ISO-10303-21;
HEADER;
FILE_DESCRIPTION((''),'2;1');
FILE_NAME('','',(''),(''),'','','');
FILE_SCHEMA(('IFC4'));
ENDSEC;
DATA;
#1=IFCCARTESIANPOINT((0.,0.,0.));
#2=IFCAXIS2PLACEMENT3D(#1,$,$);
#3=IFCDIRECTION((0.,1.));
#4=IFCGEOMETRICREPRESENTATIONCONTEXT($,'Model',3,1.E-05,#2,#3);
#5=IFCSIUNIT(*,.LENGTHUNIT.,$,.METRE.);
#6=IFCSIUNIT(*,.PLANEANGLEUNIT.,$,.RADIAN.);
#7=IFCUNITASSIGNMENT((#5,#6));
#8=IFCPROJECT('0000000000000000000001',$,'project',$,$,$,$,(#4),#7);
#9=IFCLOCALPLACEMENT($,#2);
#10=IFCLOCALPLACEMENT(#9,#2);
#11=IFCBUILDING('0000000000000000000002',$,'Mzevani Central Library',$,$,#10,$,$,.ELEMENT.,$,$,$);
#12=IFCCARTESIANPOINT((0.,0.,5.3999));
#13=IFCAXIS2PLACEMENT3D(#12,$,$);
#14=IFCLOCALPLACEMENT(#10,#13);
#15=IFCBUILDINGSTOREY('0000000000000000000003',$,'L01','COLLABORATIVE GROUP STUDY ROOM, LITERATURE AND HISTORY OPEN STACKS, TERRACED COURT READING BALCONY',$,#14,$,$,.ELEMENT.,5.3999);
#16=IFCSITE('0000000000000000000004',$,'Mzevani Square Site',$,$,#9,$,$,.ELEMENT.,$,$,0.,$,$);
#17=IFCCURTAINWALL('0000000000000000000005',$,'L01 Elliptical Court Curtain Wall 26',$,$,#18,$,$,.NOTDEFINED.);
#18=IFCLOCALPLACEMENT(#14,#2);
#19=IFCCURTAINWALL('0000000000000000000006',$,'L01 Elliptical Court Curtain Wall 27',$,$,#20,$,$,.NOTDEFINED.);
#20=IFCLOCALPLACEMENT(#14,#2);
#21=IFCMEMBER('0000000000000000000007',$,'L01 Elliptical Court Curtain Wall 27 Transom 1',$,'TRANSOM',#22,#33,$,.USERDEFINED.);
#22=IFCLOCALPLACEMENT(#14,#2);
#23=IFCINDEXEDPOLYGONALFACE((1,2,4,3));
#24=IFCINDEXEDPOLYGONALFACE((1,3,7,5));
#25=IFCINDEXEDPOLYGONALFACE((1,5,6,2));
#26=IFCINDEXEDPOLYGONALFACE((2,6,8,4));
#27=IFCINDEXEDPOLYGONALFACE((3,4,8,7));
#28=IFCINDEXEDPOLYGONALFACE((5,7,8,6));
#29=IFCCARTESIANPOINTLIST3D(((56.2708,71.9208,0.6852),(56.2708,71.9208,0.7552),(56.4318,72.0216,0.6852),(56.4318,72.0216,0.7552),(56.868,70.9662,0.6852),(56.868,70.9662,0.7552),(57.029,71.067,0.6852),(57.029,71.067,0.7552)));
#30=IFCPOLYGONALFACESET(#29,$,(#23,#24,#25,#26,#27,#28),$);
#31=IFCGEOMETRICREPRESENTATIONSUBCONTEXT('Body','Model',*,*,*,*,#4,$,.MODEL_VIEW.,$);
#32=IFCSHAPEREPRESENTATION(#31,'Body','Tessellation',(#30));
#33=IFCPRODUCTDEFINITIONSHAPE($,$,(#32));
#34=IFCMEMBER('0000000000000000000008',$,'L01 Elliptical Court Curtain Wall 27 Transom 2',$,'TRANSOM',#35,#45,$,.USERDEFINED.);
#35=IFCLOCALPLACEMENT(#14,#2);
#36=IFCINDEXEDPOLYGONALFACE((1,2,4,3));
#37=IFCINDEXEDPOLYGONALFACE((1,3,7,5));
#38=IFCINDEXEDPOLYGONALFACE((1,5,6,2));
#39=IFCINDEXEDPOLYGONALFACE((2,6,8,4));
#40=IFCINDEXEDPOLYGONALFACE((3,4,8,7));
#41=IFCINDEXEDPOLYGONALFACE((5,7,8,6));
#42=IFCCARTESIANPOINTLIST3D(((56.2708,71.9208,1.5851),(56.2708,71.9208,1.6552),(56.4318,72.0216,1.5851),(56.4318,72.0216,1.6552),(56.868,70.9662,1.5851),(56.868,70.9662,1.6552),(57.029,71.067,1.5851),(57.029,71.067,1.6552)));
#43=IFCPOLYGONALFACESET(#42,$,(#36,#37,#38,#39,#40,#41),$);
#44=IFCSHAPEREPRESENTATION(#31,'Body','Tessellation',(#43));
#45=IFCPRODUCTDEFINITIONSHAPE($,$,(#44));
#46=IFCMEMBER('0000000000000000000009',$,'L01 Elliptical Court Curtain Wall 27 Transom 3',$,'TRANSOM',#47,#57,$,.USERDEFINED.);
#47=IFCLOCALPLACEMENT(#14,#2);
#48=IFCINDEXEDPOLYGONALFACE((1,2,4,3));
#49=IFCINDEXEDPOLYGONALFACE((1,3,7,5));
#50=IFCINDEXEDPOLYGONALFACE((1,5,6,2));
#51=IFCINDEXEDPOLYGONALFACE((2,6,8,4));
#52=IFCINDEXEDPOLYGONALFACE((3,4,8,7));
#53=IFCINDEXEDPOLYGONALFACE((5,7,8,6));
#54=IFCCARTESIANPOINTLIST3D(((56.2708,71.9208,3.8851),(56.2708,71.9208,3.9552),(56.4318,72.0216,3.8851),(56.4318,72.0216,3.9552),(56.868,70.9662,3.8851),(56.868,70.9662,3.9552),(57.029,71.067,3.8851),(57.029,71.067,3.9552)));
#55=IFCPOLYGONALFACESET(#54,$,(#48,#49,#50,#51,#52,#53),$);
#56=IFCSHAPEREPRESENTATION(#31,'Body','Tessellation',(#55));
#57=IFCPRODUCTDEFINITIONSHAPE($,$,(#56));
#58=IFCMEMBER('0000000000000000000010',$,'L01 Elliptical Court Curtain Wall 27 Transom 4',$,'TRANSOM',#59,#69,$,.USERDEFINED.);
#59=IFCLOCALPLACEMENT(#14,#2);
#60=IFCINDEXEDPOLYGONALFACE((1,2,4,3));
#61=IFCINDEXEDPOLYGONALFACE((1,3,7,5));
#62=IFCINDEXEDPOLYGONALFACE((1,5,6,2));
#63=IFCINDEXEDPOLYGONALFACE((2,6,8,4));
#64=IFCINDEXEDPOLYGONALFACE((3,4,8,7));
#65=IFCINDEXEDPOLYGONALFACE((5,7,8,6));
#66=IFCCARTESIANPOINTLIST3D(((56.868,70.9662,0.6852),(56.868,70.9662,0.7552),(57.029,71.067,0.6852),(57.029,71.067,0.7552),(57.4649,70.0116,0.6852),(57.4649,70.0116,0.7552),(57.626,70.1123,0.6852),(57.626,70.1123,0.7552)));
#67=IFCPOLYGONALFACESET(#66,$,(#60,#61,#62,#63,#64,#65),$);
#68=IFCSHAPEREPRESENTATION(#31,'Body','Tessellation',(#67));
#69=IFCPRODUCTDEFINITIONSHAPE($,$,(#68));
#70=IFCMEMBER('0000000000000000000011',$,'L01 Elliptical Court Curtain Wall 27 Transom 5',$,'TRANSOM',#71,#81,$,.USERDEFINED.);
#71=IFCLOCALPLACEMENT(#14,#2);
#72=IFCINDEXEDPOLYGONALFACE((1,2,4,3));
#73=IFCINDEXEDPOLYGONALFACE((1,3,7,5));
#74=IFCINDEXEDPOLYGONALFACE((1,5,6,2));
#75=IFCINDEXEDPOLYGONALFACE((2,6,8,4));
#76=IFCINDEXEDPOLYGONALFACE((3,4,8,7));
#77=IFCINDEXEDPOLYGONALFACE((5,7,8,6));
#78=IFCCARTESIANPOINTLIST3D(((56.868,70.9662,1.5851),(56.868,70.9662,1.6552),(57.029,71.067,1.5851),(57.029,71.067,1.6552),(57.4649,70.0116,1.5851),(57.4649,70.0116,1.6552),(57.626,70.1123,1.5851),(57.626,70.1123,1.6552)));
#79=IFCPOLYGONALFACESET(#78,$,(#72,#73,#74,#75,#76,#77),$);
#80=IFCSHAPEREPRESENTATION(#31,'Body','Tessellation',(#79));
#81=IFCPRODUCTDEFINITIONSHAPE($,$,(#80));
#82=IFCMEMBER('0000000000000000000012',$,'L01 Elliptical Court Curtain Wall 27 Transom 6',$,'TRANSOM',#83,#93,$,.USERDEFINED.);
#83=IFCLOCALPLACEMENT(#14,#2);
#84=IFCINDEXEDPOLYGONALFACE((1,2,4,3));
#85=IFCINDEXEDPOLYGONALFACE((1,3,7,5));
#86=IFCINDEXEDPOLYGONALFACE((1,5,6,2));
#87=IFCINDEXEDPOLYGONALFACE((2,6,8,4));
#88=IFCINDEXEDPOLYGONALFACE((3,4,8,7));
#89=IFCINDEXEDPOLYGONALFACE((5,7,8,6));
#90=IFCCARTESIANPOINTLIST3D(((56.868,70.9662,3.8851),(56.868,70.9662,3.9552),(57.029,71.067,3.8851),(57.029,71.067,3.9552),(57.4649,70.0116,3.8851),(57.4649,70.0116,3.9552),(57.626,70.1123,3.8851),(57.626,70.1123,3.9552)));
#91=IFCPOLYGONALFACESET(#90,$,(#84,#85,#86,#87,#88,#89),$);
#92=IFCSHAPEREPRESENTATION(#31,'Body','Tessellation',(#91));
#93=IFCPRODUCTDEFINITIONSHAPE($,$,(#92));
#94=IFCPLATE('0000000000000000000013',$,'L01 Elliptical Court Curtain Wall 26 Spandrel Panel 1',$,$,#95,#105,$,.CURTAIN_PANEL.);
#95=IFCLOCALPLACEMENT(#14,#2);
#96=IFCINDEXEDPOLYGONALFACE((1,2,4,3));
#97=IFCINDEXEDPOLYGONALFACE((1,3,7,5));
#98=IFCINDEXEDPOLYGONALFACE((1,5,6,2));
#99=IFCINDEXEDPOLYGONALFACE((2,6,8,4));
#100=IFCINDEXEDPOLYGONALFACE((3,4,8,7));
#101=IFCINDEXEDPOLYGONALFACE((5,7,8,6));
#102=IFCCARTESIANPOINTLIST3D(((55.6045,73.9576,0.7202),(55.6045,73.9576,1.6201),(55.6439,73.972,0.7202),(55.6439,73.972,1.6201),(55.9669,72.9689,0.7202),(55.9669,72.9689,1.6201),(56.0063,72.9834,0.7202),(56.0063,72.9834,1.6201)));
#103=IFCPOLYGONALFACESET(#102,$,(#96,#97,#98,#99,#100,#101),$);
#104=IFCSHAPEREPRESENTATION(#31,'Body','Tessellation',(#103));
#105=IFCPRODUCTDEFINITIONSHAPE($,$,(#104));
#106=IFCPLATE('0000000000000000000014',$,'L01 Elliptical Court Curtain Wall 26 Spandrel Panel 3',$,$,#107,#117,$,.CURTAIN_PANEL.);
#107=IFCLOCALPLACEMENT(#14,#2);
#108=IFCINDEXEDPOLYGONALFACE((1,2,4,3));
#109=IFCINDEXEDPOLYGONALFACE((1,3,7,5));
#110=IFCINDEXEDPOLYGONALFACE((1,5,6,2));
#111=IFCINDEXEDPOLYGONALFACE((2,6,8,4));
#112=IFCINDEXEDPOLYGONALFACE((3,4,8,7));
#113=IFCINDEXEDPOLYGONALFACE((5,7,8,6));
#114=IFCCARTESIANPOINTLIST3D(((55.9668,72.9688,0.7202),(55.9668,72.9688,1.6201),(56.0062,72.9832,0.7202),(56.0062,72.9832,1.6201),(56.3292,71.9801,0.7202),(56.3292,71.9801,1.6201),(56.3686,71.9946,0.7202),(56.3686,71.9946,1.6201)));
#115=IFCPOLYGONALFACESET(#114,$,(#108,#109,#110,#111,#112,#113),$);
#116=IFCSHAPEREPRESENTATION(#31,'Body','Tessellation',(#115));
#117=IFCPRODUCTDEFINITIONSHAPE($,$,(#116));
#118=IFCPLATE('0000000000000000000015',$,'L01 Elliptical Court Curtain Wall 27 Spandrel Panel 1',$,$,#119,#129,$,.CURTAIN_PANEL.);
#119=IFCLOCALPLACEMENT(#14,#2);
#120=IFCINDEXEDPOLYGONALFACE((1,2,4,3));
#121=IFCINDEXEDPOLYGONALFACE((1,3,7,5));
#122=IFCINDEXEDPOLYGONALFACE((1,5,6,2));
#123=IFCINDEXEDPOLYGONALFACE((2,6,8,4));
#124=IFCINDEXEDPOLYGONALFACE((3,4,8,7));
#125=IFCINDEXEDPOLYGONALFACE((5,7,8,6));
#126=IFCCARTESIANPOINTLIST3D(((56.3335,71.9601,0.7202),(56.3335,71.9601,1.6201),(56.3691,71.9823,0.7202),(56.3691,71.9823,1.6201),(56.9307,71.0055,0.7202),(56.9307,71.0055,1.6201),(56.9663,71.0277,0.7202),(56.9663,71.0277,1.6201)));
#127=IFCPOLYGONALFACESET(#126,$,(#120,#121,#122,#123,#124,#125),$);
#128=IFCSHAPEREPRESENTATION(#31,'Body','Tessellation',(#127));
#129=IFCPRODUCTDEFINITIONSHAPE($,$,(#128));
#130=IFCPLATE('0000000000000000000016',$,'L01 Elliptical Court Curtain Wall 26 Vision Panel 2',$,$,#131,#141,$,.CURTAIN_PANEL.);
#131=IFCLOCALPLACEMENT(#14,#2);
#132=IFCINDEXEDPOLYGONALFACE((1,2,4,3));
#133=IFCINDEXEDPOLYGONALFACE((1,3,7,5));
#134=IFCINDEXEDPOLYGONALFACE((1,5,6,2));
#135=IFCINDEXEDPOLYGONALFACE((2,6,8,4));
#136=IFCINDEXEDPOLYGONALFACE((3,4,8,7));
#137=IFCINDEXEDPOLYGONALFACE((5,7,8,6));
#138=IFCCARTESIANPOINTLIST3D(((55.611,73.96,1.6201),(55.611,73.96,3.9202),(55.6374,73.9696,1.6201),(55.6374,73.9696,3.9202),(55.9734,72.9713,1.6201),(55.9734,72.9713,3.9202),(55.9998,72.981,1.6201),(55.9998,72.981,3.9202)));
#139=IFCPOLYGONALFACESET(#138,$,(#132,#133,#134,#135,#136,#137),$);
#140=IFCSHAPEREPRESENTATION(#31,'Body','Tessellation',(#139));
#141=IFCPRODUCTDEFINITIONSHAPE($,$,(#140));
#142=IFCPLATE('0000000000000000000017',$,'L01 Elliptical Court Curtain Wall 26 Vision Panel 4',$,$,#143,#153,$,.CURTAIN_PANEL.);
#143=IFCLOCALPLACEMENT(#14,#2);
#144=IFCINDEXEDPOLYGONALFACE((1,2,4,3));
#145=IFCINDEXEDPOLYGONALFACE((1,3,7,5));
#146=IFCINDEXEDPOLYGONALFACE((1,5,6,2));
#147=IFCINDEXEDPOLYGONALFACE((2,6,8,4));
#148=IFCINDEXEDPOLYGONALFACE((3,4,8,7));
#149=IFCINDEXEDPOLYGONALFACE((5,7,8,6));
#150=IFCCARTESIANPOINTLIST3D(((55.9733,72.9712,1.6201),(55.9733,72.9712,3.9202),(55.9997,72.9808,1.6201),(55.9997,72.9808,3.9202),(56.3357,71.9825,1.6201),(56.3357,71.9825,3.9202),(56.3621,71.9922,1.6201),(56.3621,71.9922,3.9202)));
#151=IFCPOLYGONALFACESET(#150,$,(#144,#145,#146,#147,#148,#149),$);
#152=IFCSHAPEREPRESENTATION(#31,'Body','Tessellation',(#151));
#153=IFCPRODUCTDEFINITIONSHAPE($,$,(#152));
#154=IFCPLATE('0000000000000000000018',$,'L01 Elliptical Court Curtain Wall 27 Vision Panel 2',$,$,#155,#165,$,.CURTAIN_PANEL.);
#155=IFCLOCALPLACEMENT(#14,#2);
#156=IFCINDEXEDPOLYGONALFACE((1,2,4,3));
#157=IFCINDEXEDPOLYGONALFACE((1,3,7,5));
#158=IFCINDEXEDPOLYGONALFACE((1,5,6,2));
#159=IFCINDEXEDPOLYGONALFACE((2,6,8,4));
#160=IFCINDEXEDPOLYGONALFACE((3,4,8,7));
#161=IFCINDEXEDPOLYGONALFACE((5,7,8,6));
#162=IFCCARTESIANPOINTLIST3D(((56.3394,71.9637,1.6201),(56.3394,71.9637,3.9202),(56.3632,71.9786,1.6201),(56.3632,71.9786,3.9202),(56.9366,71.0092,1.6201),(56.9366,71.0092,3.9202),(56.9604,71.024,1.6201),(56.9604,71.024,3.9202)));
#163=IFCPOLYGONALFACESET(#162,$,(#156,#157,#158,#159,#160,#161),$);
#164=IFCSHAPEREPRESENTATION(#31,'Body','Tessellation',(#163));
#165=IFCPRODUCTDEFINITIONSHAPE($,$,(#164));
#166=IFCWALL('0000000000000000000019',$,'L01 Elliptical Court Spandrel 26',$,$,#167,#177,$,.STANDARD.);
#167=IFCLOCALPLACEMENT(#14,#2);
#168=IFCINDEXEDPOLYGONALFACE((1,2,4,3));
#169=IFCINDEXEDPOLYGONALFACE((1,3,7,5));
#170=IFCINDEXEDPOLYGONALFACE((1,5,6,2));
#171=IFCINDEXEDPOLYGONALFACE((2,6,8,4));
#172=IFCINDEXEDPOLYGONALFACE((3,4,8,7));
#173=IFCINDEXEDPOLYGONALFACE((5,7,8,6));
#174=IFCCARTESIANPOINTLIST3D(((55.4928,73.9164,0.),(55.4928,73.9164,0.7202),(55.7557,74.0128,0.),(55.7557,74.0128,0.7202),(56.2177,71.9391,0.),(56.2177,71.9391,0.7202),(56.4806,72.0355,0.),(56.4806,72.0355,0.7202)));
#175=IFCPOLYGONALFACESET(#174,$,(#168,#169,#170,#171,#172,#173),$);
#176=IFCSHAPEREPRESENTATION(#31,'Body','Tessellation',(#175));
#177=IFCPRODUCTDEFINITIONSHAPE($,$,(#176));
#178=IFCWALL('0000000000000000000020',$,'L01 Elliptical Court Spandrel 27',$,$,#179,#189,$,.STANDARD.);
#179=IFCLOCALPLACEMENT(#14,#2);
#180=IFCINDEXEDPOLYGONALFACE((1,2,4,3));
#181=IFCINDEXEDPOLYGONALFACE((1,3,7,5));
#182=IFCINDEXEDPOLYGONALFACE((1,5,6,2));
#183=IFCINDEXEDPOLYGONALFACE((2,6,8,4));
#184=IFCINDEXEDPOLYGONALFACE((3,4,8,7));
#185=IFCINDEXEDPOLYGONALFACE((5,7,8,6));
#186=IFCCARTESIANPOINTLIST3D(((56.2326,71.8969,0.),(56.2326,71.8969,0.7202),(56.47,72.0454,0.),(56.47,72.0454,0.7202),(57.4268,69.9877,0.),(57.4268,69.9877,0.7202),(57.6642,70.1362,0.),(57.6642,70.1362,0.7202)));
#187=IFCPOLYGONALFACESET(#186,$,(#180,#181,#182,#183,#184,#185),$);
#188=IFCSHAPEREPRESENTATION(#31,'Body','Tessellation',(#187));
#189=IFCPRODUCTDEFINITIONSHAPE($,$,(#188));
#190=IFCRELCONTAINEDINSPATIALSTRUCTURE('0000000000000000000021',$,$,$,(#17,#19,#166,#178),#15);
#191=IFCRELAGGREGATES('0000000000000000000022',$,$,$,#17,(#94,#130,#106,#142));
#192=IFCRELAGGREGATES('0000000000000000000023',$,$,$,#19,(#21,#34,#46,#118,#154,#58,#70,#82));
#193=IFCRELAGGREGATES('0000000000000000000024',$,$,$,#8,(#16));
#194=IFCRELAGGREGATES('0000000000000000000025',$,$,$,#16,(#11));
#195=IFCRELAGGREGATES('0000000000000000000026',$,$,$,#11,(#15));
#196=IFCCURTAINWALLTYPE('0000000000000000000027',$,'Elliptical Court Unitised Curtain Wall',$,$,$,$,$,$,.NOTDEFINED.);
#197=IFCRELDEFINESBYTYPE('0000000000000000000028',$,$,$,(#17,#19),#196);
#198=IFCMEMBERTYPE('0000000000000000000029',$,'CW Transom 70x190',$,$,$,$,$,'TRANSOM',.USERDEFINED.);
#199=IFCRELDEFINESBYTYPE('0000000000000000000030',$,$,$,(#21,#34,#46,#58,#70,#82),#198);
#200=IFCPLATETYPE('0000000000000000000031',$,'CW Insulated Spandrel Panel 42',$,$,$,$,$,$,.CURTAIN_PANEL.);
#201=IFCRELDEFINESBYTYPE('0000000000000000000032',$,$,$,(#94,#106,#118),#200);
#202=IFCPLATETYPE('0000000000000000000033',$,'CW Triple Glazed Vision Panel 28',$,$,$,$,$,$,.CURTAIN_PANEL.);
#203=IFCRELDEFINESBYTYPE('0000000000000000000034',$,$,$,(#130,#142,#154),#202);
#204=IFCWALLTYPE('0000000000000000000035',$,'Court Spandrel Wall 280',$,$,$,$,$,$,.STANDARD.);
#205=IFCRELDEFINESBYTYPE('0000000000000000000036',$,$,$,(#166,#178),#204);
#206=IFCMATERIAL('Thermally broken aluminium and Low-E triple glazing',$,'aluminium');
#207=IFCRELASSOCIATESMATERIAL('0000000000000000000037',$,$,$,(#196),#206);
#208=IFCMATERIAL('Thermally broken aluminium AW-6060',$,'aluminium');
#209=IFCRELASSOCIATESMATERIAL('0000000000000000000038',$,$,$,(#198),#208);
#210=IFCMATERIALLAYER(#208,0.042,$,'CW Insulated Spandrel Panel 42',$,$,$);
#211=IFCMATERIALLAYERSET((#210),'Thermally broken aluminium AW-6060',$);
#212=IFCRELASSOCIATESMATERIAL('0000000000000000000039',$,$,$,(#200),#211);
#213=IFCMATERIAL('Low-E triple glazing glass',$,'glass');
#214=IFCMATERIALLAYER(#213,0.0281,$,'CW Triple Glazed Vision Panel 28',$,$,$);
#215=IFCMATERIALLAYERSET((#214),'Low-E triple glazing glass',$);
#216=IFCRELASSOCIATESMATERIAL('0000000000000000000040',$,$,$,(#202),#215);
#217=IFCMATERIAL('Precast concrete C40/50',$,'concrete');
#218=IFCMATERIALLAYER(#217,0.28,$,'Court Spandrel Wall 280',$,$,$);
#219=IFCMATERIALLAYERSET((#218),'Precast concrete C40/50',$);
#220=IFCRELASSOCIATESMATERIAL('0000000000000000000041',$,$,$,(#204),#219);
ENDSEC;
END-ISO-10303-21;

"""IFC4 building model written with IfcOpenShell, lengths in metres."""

from ifc_helpers import new_model, si_unit, direction, frame, frame_2d, origin, origin_2d, place, context, subcontext, project, spatial, rectangle, extrude, material, layer, layer_set, material_profile, profile_set, type_object, element, aggregate, save


model = new_model("IFC4")

# Units and contexts
model_context = context("Model", 3, precision=1e-05, world=origin(), true_north=direction((0.0, 1.0)))
body_context = subcontext(model_context, "Body", "Model", "MODEL_VIEW")
ifc_project = project(units=[si_unit("LENGTHUNIT", "METRE"), si_unit("PLANEANGLEUNIT", "RADIAN")], contexts=[model_context])

# Site, building, storey
site_placement = place(None, origin())
site = spatial("IfcSite", under=ifc_project, at=site_placement, Name="Mzevani Square Site", CompositionType="ELEMENT", RefElevation=0.0)
building_placement = place(site_placement, origin())
building = spatial("IfcBuilding", under=site, at=building_placement, Name="Mzevani Central Library", CompositionType="ELEMENT")
storey_placement = place(building_placement, frame((0.0, 0.0, 5.3999)))
storey = spatial("IfcBuildingStorey", under=building, at=storey_placement, Name="L01", Description="COLLABORATIVE GROUP STUDY ROOM, LITERATURE AND HISTORY OPEN STACKS, TERRACED COURT READING BALCONY", CompositionType="ELEMENT", Elevation=5.3999)

# Shared definitions
ifc_material_1 = material(Name="Thermally broken aluminium and Low-E triple glazing", Category="aluminium")
ifc_material_2 = material(Name="Thermally broken aluminium AW-6060", Category="aluminium")

# Curtain walls
curtain_wall_type_1 = type_object("IfcCurtainWallType", Name="Elliptical Court Unitised Curtain Wall", PredefinedType="NOTDEFINED", material=ifc_material_1)
curtain_wall_1_placement = place(storey_placement, origin())
curtain_wall_1 = element("IfcCurtainWall", 1, at=curtain_wall_1_placement, inside=storey, type_object=curtain_wall_type_1, Name="L01 Elliptical Court Curtain Wall 26", PredefinedType="NOTDEFINED")
curtain_wall_2_placement = place(storey_placement, origin())
curtain_wall_2 = element("IfcCurtainWall", 2, at=curtain_wall_2_placement, inside=storey, type_object=curtain_wall_type_1, Name="L01 Elliptical Court Curtain Wall 27", PredefinedType="NOTDEFINED")

# Members
ifc_material_profile_1 = material_profile(ifc_material_2, rectangle(XDim=0.1899, YDim=0.0701, at=origin_2d()), Name="ALU T70x190")
ifc_profile_set_1 = profile_set([ifc_material_profile_1], Name="Thermally broken aluminium AW-6060")
member_type_1 = type_object("IfcMemberType", Name="CW Transom 70x190", ElementType="TRANSOM", PredefinedType="USERDEFINED", material=ifc_profile_set_1)
member_1_placement = place(storey_placement, frame((56.3513, 71.9712, 0.7202), z_axis=(0.53035, -0.847779, 0.0), x_axis=(0.847779, 0.53035, 0.0)))
member_1 = element("IfcMember", 3, at=member_1_placement, type_object=member_type_1, Name="L01 Elliptical Court Curtain Wall 27 Transom 1", ObjectType="TRANSOM", PredefinedType="USERDEFINED", context=body_context, shape_type="SweptSolid", body=[
    extrude(rectangle(XDim=0.1899, YDim=0.0701, at=origin_2d()), origin(), (0.0, 0.0, 1.0), 1.126),
])
member_2_placement = place(storey_placement, frame((56.3513, 71.9712, 1.6201), z_axis=(0.53035, -0.847779, 0.0), x_axis=(0.847779, 0.53035, 0.0)))
member_2 = element("IfcMember", 4, at=member_2_placement, type_object=member_type_1, Name="L01 Elliptical Court Curtain Wall 27 Transom 2", ObjectType="TRANSOM", PredefinedType="USERDEFINED", context=body_context, shape_type="SweptSolid", body=[
    extrude(rectangle(XDim=0.1899, YDim=0.0701, at=origin_2d()), origin(), (0.0, 0.0, 1.0), 1.126),
])
member_3_placement = place(storey_placement, frame((56.3513, 71.9712, 3.9202), z_axis=(0.53035, -0.847779, 0.0), x_axis=(0.847779, 0.53035, 0.0)))
member_3 = element("IfcMember", 5, at=member_3_placement, type_object=member_type_1, Name="L01 Elliptical Court Curtain Wall 27 Transom 3", ObjectType="TRANSOM", PredefinedType="USERDEFINED", context=body_context, shape_type="SweptSolid", body=[
    extrude(rectangle(XDim=0.1899, YDim=0.0701, at=origin_2d()), origin(), (0.0, 0.0, 1.0), 1.126),
])
member_4_placement = place(storey_placement, frame((56.9485, 71.0166, 0.7202), z_axis=(0.530194, -0.847876, 0.0), x_axis=(0.847876, 0.530194, 0.0)))
member_4 = element("IfcMember", 6, at=member_4_placement, type_object=member_type_1, Name="L01 Elliptical Court Curtain Wall 27 Transom 4", ObjectType="TRANSOM", PredefinedType="USERDEFINED", context=body_context, shape_type="SweptSolid", body=[
    extrude(rectangle(XDim=0.1899, YDim=0.0701, at=origin_2d()), origin(), (0.0, 0.0, 1.0), 1.126),
])
member_5_placement = place(storey_placement, frame((56.9485, 71.0166, 1.6201), z_axis=(0.530194, -0.847876, 0.0), x_axis=(0.847876, 0.530194, 0.0)))
member_5 = element("IfcMember", 7, at=member_5_placement, type_object=member_type_1, Name="L01 Elliptical Court Curtain Wall 27 Transom 5", ObjectType="TRANSOM", PredefinedType="USERDEFINED", context=body_context, shape_type="SweptSolid", body=[
    extrude(rectangle(XDim=0.1899, YDim=0.0701, at=origin_2d()), origin(), (0.0, 0.0, 1.0), 1.126),
])
member_6_placement = place(storey_placement, frame((56.9485, 71.0166, 3.9202), z_axis=(0.530194, -0.847876, 0.0), x_axis=(0.847876, 0.530194, 0.0)))
member_6 = element("IfcMember", 8, at=member_6_placement, type_object=member_type_1, Name="L01 Elliptical Court Curtain Wall 27 Transom 6", ObjectType="TRANSOM", PredefinedType="USERDEFINED", context=body_context, shape_type="SweptSolid", body=[
    extrude(rectangle(XDim=0.1899, YDim=0.0701, at=origin_2d()), origin(), (0.0, 0.0, 1.0), 1.126),
])

# Plates
ifc_layer_1 = layer(ifc_material_2, 0.042, Name="CW Insulated Spandrel Panel 42")
ifc_layer_set_1 = layer_set([ifc_layer_1], Name="Thermally broken aluminium AW-6060")
plate_type_1 = type_object("IfcPlateType", Name="CW Insulated Spandrel Panel 42", PredefinedType="CURTAIN_PANEL", material=ifc_layer_set_1)
plate_1_placement = place(storey_placement, frame((55.8054, 73.4705, 0.7202), z_axis=(0.0, 0.0, 1.0), x_axis=(0.344166, -0.938909, 0.0)))
plate_1 = element("IfcPlate", 9, at=plate_1_placement, type_object=plate_type_1, Name="L01 Elliptical Court Curtain Wall 26 Spandrel Panel 1", PredefinedType="CURTAIN_PANEL", context=body_context, shape_type="SweptSolid", body=[
    extrude(rectangle(XDim=1.053, YDim=0.042, at=origin_2d()), origin(), (0.0, 0.0, 1.0), 0.8999),
])
plate_2_placement = place(storey_placement, frame((56.1677, 72.4817, 0.7202), z_axis=(0.0, 0.0, 1.0), x_axis=(0.344166, -0.938909, 0.0)))
plate_2 = element("IfcPlate", 10, at=plate_2_placement, type_object=plate_type_1, Name="L01 Elliptical Court Curtain Wall 26 Spandrel Panel 3", PredefinedType="CURTAIN_PANEL", context=body_context, shape_type="SweptSolid", body=[
    extrude(rectangle(XDim=1.053, YDim=0.042, at=origin_2d()), origin(), (0.0, 0.0, 1.0), 0.8999),
])
plate_3_placement = place(storey_placement, frame((56.6499, 71.4939, 0.7202), z_axis=(0.0, 0.0, 1.0), x_axis=(0.530343, -0.847783, 0.0)))
plate_3 = element("IfcPlate", 11, at=plate_3_placement, type_object=plate_type_1, Name="L01 Elliptical Court Curtain Wall 27 Spandrel Panel 1", PredefinedType="CURTAIN_PANEL", context=body_context, shape_type="SweptSolid", body=[
    extrude(rectangle(XDim=1.126, YDim=0.042, at=origin_2d()), origin(), (0.0, 0.0, 1.0), 0.8999),
])
ifc_material_3 = material(Name="Low-E triple glazing glass", Category="glass")
ifc_layer_2 = layer(ifc_material_3, 0.0281, Name="CW Triple Glazed Vision Panel 28")
ifc_layer_set_2 = layer_set([ifc_layer_2], Name="Low-E triple glazing glass")
plate_type_2 = type_object("IfcPlateType", Name="CW Triple Glazed Vision Panel 28", PredefinedType="CURTAIN_PANEL", material=ifc_layer_set_2)
plate_4_placement = place(storey_placement, frame((55.8054, 73.4705, 1.6201), z_axis=(0.0, 0.0, 1.0), x_axis=(0.344166, -0.938909, 0.0)))
plate_4 = element("IfcPlate", 12, at=plate_4_placement, type_object=plate_type_2, Name="L01 Elliptical Court Curtain Wall 26 Vision Panel 2", PredefinedType="CURTAIN_PANEL", context=body_context, shape_type="SweptSolid", body=[
    extrude(rectangle(XDim=1.053, YDim=0.0281, at=origin_2d()), origin(), (0.0, 0.0, 1.0), 2.3),
])
plate_5_placement = place(storey_placement, frame((56.1677, 72.4817, 1.6201), z_axis=(0.0, 0.0, 1.0), x_axis=(0.344166, -0.938909, 0.0)))
plate_5 = element("IfcPlate", 13, at=plate_5_placement, type_object=plate_type_2, Name="L01 Elliptical Court Curtain Wall 26 Vision Panel 4", PredefinedType="CURTAIN_PANEL", context=body_context, shape_type="SweptSolid", body=[
    extrude(rectangle(XDim=1.053, YDim=0.0281, at=origin_2d()), origin(), (0.0, 0.0, 1.0), 2.3),
])
aggregate(curtain_wall_1, [plate_1, plate_4, plate_2, plate_5])
plate_6_placement = place(storey_placement, frame((56.6499, 71.4939, 1.6201), z_axis=(0.0, 0.0, 1.0), x_axis=(0.530343, -0.847783, 0.0)))
plate_6 = element("IfcPlate", 14, at=plate_6_placement, type_object=plate_type_2, Name="L01 Elliptical Court Curtain Wall 27 Vision Panel 2", PredefinedType="CURTAIN_PANEL", context=body_context, shape_type="SweptSolid", body=[
    extrude(rectangle(XDim=1.126, YDim=0.0281, at=origin_2d()), origin(), (0.0, 0.0, 1.0), 2.3),
])
aggregate(curtain_wall_2, [member_1, member_2, member_3, plate_3, plate_6, member_4, member_5, member_6])

# Walls
ifc_material_4 = material(Name="Precast concrete C40/50", Category="concrete")
ifc_layer_3 = layer(ifc_material_4, 0.28, Name="Court Spandrel Wall 280")
ifc_layer_set_3 = layer_set([ifc_layer_3], Name="Precast concrete C40/50")
wall_type = type_object("IfcWallType", Name="Court Spandrel Wall 280", PredefinedType="STANDARD", material=ifc_layer_set_3)
wall_1_placement = place(storey_placement, frame((55.6243, 73.9646, 0.0), z_axis=(0.0, 0.0, 1.0), x_axis=(0.34419, -0.9389, 0.0)))
element("IfcWall", 15, at=wall_1_placement, inside=storey, type_object=wall_type, Name="L01 Elliptical Court Spandrel 26", PredefinedType="STANDARD", context=body_context, shape_type="SweptSolid", body=[
    extrude(rectangle(XDim=2.106, YDim=0.28, at=frame_2d((1.053, 0.0))), origin(), (0.0, 0.0, 1.0), 0.7202),
])
wall_2_placement = place(storey_placement, frame((56.3513, 71.9712, 0.0), z_axis=(0.0, 0.0, 1.0), x_axis=(0.530272, -0.847828, 0.0)))
element("IfcWall", 16, at=wall_2_placement, inside=storey, type_object=wall_type, Name="L01 Elliptical Court Spandrel 27", PredefinedType="STANDARD", context=body_context, shape_type="SweptSolid", body=[
    extrude(rectangle(XDim=2.252, YDim=0.28, at=frame_2d((1.126, 0.0))), origin(), (0.0, 0.0, 1.0), 0.7202),
])

save(model, "model.ifc")
